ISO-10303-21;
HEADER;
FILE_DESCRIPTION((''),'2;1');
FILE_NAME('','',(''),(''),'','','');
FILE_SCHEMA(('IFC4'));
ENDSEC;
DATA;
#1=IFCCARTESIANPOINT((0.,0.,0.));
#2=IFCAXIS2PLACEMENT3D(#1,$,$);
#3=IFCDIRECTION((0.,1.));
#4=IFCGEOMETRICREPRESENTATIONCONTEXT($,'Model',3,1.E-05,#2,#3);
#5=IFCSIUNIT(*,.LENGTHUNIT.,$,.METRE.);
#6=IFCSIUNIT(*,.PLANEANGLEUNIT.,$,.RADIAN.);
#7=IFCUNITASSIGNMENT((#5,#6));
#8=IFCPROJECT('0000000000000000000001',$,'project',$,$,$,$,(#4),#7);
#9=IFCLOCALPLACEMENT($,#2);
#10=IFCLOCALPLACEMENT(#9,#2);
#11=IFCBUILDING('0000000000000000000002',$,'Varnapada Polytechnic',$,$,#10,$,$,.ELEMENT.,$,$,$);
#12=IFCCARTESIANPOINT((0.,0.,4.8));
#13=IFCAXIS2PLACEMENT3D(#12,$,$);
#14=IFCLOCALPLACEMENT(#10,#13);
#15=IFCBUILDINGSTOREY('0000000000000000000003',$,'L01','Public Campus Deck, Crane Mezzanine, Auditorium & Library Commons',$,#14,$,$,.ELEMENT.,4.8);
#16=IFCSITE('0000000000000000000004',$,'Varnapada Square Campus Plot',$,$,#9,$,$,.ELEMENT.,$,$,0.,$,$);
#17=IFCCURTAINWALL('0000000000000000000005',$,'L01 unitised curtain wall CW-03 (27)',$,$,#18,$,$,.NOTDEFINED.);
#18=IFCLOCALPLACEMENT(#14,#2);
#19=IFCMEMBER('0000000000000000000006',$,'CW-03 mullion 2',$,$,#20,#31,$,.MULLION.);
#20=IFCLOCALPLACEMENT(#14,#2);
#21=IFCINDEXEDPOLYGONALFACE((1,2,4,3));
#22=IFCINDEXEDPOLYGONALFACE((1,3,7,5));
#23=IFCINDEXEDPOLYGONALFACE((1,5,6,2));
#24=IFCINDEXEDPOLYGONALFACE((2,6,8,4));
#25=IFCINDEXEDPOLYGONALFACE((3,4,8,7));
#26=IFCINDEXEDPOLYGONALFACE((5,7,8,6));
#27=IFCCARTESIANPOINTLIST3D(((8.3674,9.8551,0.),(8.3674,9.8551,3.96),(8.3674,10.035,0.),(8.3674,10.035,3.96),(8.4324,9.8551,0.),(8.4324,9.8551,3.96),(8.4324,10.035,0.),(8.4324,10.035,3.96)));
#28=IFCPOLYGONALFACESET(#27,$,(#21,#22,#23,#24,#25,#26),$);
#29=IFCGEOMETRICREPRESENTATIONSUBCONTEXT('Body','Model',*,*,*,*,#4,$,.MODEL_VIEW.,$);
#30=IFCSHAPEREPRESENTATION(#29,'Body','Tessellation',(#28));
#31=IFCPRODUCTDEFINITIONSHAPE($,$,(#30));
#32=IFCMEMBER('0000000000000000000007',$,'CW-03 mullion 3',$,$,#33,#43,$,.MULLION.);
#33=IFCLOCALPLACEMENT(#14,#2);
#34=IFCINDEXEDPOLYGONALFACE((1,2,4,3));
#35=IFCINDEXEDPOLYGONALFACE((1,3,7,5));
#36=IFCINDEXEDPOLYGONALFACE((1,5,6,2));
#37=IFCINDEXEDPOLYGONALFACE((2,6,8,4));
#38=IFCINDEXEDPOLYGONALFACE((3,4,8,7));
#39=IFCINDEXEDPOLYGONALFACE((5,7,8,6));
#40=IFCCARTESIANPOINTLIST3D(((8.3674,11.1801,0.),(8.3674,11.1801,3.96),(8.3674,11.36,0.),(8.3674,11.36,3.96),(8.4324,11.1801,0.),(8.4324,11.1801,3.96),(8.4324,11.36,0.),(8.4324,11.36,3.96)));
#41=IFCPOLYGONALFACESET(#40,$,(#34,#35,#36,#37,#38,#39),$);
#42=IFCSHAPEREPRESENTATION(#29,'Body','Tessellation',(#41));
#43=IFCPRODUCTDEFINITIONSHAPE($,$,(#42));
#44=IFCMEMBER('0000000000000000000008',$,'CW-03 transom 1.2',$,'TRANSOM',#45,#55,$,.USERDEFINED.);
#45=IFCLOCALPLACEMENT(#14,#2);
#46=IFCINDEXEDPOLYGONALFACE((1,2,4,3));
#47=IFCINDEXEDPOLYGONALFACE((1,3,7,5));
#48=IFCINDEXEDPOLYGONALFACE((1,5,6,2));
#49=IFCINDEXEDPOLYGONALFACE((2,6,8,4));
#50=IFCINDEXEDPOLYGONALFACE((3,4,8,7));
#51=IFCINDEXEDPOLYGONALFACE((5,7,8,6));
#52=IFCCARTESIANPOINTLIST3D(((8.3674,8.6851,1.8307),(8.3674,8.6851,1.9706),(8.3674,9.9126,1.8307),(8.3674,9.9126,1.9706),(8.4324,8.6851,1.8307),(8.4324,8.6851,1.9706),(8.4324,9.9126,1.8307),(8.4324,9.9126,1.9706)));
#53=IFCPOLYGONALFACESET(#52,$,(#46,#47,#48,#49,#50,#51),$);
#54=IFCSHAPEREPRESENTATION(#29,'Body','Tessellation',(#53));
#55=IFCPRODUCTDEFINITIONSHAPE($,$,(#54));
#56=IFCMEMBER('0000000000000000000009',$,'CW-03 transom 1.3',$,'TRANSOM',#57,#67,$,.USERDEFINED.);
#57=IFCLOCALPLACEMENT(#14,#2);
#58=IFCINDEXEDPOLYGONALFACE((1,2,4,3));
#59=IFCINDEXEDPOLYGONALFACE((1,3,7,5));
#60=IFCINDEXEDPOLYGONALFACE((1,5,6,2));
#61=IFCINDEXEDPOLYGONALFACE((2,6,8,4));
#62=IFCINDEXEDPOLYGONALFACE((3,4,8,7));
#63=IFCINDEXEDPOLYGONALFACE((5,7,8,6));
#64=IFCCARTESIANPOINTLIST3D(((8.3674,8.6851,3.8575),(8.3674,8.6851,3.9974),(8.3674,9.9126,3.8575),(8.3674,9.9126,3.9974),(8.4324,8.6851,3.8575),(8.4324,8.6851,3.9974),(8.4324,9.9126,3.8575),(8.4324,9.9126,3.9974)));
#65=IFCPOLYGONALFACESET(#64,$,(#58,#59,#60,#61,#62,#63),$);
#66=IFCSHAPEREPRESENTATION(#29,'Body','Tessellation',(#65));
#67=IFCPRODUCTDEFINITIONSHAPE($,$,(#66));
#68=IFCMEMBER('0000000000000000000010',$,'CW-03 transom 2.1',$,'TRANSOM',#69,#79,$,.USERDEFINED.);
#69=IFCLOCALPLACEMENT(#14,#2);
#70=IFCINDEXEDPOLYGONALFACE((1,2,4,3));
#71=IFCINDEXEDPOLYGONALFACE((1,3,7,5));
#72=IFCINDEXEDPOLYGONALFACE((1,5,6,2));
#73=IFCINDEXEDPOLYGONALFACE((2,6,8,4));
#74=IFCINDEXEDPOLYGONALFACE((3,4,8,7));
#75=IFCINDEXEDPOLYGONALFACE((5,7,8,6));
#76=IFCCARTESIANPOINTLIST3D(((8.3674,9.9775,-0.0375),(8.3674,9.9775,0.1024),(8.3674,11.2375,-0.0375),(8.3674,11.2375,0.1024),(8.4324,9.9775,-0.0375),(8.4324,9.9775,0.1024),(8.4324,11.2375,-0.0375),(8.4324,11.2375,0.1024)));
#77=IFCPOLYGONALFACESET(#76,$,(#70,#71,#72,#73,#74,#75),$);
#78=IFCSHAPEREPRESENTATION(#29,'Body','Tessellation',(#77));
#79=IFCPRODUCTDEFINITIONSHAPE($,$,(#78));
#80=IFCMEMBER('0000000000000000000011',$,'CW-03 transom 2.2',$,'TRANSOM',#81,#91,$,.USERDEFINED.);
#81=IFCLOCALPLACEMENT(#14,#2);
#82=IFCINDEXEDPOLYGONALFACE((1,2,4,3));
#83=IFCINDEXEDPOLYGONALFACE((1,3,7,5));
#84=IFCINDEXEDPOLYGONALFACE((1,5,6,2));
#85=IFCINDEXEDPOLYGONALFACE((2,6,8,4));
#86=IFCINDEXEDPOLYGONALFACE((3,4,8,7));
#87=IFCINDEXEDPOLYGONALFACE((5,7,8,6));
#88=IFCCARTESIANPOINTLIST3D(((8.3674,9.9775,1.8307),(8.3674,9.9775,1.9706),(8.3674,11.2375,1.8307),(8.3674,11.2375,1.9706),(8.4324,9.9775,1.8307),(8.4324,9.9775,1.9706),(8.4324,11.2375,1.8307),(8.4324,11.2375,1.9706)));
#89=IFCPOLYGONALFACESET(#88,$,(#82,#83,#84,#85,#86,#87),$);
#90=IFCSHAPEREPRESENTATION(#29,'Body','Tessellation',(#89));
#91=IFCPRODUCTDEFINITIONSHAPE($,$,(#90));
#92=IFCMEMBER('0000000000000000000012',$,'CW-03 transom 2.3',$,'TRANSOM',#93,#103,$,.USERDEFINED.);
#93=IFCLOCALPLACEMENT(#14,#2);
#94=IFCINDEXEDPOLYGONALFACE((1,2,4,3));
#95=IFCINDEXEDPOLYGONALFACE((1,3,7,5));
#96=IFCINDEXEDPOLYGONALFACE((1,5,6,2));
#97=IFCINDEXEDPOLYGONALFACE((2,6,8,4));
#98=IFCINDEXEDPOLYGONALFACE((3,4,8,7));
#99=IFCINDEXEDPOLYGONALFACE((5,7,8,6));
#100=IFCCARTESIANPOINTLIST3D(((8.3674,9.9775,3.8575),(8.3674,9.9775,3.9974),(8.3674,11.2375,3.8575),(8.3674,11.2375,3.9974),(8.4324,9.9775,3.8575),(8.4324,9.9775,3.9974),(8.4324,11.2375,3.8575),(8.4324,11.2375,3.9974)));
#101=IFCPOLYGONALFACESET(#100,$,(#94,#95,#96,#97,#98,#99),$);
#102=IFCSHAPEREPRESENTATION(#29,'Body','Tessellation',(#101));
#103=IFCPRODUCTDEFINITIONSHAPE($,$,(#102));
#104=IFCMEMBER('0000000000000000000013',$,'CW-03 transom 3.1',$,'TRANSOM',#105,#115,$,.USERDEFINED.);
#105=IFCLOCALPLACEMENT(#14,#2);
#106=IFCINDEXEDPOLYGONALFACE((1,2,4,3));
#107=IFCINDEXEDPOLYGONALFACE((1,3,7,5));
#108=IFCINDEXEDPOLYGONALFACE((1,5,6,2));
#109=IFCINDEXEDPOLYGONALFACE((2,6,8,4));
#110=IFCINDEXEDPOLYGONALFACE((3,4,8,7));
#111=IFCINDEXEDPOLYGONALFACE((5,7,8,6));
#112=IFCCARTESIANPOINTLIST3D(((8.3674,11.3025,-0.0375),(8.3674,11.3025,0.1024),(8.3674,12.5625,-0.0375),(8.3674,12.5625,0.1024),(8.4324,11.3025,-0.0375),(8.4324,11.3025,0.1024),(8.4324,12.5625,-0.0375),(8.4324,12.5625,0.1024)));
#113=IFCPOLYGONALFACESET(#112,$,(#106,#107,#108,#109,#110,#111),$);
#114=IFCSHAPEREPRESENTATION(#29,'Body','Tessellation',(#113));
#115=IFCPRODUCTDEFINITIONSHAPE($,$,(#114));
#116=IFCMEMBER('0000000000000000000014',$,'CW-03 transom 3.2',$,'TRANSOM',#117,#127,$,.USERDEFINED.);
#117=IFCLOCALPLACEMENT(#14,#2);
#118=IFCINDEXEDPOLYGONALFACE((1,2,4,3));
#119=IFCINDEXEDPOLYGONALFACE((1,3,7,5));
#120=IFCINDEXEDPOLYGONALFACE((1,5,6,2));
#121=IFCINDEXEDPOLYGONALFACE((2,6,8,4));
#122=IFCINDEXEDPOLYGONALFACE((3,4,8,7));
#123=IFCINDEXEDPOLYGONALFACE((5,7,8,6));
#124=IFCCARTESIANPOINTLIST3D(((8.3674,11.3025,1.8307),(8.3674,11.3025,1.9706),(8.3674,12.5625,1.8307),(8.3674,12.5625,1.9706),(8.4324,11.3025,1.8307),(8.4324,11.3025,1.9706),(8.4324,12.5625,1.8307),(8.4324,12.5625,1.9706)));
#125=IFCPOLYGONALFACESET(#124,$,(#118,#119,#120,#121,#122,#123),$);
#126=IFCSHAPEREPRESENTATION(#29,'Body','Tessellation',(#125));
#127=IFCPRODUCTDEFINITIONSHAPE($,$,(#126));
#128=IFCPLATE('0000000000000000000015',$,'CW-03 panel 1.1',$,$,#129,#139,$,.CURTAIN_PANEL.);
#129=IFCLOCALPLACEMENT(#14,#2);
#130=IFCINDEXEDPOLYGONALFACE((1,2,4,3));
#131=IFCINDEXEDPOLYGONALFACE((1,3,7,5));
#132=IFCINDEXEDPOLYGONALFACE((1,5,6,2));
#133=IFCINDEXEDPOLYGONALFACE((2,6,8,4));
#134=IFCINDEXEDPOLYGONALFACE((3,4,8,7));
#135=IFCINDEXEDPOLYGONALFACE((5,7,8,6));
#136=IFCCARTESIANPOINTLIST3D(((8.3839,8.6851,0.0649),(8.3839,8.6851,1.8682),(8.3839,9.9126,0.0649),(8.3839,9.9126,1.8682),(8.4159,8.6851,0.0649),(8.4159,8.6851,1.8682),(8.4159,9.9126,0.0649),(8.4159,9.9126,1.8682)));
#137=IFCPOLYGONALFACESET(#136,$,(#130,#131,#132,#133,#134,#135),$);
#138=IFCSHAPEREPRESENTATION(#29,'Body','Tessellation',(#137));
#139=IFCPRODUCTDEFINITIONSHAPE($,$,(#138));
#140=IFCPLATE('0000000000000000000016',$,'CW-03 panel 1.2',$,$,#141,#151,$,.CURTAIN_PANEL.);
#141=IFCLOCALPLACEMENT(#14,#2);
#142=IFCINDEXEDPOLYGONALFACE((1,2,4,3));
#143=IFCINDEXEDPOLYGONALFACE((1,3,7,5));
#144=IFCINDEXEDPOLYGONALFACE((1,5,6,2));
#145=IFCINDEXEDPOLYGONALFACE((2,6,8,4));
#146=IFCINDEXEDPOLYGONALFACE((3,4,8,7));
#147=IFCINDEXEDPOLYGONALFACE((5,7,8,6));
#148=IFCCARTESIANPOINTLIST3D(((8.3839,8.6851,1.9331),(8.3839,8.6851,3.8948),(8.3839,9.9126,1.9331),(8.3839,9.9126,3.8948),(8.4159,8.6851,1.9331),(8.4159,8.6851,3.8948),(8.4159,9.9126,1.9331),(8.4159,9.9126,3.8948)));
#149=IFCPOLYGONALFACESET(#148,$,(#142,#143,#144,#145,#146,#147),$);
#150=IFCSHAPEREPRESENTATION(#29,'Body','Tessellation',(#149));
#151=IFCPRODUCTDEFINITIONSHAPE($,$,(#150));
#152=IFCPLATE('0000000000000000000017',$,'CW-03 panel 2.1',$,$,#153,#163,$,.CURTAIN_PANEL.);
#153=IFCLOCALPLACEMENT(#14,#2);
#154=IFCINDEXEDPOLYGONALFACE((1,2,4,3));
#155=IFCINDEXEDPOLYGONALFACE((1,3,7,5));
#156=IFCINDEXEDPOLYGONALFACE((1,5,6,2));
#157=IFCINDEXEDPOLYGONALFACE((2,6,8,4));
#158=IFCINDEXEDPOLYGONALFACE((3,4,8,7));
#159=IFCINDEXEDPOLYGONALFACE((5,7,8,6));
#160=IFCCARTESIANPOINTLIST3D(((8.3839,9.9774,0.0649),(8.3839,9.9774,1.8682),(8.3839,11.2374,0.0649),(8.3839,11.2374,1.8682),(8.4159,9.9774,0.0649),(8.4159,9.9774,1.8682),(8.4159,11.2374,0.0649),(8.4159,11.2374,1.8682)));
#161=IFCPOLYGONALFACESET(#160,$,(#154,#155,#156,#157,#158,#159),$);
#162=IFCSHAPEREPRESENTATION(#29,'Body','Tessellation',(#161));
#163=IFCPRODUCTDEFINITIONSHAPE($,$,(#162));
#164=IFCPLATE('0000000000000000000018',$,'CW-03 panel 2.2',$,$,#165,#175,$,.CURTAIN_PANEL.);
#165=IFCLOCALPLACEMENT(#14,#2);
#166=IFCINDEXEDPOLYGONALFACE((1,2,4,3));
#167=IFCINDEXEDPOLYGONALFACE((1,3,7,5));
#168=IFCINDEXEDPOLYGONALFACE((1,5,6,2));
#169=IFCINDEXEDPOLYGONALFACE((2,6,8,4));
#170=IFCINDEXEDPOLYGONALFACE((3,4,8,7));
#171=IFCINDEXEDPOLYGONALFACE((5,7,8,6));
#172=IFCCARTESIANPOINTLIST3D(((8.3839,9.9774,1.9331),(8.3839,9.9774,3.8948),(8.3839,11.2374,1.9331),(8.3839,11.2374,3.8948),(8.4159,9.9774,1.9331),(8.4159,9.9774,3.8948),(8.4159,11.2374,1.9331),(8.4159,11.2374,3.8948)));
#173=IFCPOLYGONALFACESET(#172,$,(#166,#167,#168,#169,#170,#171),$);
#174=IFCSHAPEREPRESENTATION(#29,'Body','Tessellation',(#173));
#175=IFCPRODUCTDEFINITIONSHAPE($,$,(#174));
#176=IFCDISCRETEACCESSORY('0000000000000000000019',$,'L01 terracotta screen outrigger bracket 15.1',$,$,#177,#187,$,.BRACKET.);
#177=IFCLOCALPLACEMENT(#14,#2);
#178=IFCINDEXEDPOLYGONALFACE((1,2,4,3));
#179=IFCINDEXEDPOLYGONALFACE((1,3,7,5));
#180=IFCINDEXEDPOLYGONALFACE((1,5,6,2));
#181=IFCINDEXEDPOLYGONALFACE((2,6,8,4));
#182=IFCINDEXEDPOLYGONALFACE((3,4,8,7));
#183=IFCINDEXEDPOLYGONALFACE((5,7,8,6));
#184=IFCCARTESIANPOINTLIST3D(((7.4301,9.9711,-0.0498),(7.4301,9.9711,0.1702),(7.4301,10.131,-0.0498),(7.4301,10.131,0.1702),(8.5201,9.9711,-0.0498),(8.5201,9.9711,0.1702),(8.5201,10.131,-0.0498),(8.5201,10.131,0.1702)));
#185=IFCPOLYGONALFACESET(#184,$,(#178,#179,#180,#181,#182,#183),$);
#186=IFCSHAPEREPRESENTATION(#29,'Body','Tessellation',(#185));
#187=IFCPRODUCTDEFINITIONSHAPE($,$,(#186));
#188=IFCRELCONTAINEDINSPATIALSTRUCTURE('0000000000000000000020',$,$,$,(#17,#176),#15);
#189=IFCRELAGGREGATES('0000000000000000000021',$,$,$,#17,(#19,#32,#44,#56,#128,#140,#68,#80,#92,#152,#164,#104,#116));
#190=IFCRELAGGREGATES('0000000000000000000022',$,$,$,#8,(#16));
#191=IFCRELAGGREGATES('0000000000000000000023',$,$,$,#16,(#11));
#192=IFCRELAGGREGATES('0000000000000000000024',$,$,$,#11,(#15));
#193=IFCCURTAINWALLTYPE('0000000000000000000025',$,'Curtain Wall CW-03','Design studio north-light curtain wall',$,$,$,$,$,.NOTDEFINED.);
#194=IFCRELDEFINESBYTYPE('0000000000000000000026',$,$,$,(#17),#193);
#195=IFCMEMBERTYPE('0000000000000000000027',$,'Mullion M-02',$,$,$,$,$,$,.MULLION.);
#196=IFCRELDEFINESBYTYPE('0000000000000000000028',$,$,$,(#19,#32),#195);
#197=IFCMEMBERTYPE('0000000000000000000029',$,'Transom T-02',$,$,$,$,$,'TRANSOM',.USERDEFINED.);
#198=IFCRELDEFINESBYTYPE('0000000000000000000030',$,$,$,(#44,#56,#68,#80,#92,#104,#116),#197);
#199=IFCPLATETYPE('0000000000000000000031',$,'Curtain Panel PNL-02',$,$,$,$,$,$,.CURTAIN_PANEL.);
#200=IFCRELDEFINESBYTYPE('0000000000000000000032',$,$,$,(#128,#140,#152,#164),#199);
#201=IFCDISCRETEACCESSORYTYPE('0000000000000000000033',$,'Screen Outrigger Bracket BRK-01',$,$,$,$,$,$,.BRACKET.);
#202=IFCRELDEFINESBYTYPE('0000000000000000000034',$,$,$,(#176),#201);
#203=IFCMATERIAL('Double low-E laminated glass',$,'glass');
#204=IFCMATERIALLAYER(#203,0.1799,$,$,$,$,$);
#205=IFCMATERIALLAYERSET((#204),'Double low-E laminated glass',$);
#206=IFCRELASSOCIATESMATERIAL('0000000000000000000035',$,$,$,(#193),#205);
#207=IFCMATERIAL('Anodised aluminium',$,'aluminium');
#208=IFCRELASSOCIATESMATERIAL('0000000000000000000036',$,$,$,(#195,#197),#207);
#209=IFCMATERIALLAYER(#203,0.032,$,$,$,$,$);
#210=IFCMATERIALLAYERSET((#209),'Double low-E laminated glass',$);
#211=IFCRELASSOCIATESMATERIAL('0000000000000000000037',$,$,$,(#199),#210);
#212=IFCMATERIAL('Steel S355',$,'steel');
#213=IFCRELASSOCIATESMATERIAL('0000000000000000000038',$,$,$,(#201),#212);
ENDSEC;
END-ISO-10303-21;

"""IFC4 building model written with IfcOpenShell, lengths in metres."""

from ifc_helpers import new_model, si_unit, direction, frame, origin, origin_2d, place, context, subcontext, project, spatial, rectangle, extrude, material, layer, layer_set, material_profile, profile_set, type_object, element, aggregate, save


model = new_model("IFC4")

# Units and contexts
model_context = context("Model", 3, precision=1e-05, world=origin(), true_north=direction((0.0, 1.0)))
body_context = subcontext(model_context, "Body", "Model", "MODEL_VIEW")
ifc_project = project(units=[si_unit("LENGTHUNIT", "METRE"), si_unit("PLANEANGLEUNIT", "RADIAN")], contexts=[model_context])

# Site, building, storey
site_placement = place(None, origin())
site = spatial("IfcSite", under=ifc_project, at=site_placement, Name="Varnapada Square Campus Plot", CompositionType="ELEMENT", RefElevation=0.0)
building_placement = place(site_placement, origin())
building = spatial("IfcBuilding", under=site, at=building_placement, Name="Varnapada Polytechnic", CompositionType="ELEMENT")
storey_placement = place(building_placement, frame((0.0, 0.0, 4.8)))
storey = spatial("IfcBuildingStorey", under=building, at=storey_placement, Name="L01", Description="Public Campus Deck, Crane Mezzanine, Auditorium & Library Commons", CompositionType="ELEMENT", Elevation=4.8)

# Curtain wall, members, plates
ifc_material_1 = material(Name="Double low-E laminated glass", Category="glass")
ifc_layer_1 = layer(ifc_material_1, 0.1799)
ifc_layer_set_1 = layer_set([ifc_layer_1], Name="Double low-E laminated glass")
curtain_wall_type = type_object("IfcCurtainWallType", Name="Curtain Wall CW-03", Description="Design studio north-light curtain wall", PredefinedType="NOTDEFINED", material=ifc_layer_set_1)
curtain_wall_placement = place(storey_placement, origin())
curtain_wall = element("IfcCurtainWall", 1, at=curtain_wall_placement, inside=storey, type_object=curtain_wall_type, Name="L01 unitised curtain wall CW-03 (27)", PredefinedType="NOTDEFINED")
ifc_material_2 = material(Name="Anodised aluminium", Category="aluminium")
ifc_material_profile_1 = material_profile(ifc_material_2, rectangle(XDim=0.0649, YDim=0.1799, at=origin_2d()), Name="ALU M65x180")
ifc_profile_set_1 = profile_set([ifc_material_profile_1], Name="Anodised aluminium")
member_type_1 = type_object("IfcMemberType", Name="Mullion M-02", PredefinedType="MULLION", material=ifc_profile_set_1)
member_1_placement = place(storey_placement, frame((8.3999, 9.9451, 0.0), z_axis=(0.0, 0.0, 1.0), x_axis=(-1.0, 0.0, 0.0)))
member_1 = element("IfcMember", 2, at=member_1_placement, type_object=member_type_1, Name="CW-03 mullion 2", PredefinedType="MULLION", context=body_context, shape_type="SweptSolid", body=[
    extrude(rectangle(XDim=0.0649, YDim=0.1799, at=origin_2d()), origin(), (0.0, 0.0, 1.0), 3.96),
])
member_2_placement = place(storey_placement, frame((8.3999, 11.27, 0.0), z_axis=(0.0, 0.0, 1.0), x_axis=(-1.0, 0.0, 0.0)))
member_2 = element("IfcMember", 3, at=member_2_placement, type_object=member_type_1, Name="CW-03 mullion 3", PredefinedType="MULLION", context=body_context, shape_type="SweptSolid", body=[
    extrude(rectangle(XDim=0.0649, YDim=0.1799, at=origin_2d()), origin(), (0.0, 0.0, 1.0), 3.96),
])
ifc_material_profile_2 = material_profile(ifc_material_2, rectangle(XDim=0.0649, YDim=0.1399, at=origin_2d()), Name="ALU T65x140")
ifc_profile_set_2 = profile_set([ifc_material_profile_2], Name="Anodised aluminium")
member_type_2 = type_object("IfcMemberType", Name="Transom T-02", ElementType="TRANSOM", PredefinedType="USERDEFINED", material=ifc_profile_set_2)
member_3_placement = place(storey_placement, frame((8.3999, 8.6851, 1.9006), z_axis=(0.0, 1.0, 0.0), x_axis=(-1.0, 0.0, 0.0)))
member_3 = element("IfcMember", 4, at=member_3_placement, type_object=member_type_2, Name="CW-03 transom 1.2", ObjectType="TRANSOM", PredefinedType="USERDEFINED", context=body_context, shape_type="SweptSolid", body=[
    extrude(rectangle(XDim=0.0649, YDim=0.1399, at=origin_2d()), origin(), (0.0, 0.0, 1.0), 1.2275),
])
member_4_placement = place(storey_placement, frame((8.3999, 8.6851, 3.9275), z_axis=(0.0, 1.0, 0.0), x_axis=(-1.0, 0.0, 0.0)))
member_4 = element("IfcMember", 5, at=member_4_placement, type_object=member_type_2, Name="CW-03 transom 1.3", ObjectType="TRANSOM", PredefinedType="USERDEFINED", context=body_context, shape_type="SweptSolid", body=[
    extrude(rectangle(XDim=0.0649, YDim=0.1399, at=origin_2d()), origin(), (0.0, 0.0, 1.0), 1.2275),
])
member_5_placement = place(storey_placement, frame((8.3999, 9.9775, 0.0325), z_axis=(0.0, 1.0, 0.0), x_axis=(-1.0, 0.0, 0.0)))
member_5 = element("IfcMember", 6, at=member_5_placement, type_object=member_type_2, Name="CW-03 transom 2.1", ObjectType="TRANSOM", PredefinedType="USERDEFINED", context=body_context, shape_type="SweptSolid", body=[
    extrude(rectangle(XDim=0.0649, YDim=0.1399, at=origin_2d()), origin(), (0.0, 0.0, 1.0), 1.26),
])
member_6_placement = place(storey_placement, frame((8.3999, 9.9775, 1.9006), z_axis=(0.0, 1.0, 0.0), x_axis=(-1.0, 0.0, 0.0)))
member_6 = element("IfcMember", 7, at=member_6_placement, type_object=member_type_2, Name="CW-03 transom 2.2", ObjectType="TRANSOM", PredefinedType="USERDEFINED", context=body_context, shape_type="SweptSolid", body=[
    extrude(rectangle(XDim=0.0649, YDim=0.1399, at=origin_2d()), origin(), (0.0, 0.0, 1.0), 1.26),
])
member_7_placement = place(storey_placement, frame((8.3999, 9.9775, 3.9275), z_axis=(0.0, 1.0, 0.0), x_axis=(-1.0, 0.0, 0.0)))
member_7 = element("IfcMember", 8, at=member_7_placement, type_object=member_type_2, Name="CW-03 transom 2.3", ObjectType="TRANSOM", PredefinedType="USERDEFINED", context=body_context, shape_type="SweptSolid", body=[
    extrude(rectangle(XDim=0.0649, YDim=0.1399, at=origin_2d()), origin(), (0.0, 0.0, 1.0), 1.26),
])
member_8_placement = place(storey_placement, frame((8.3999, 11.3025, 0.0325), z_axis=(0.0, 1.0, 0.0), x_axis=(-1.0, 0.0, 0.0)))
member_8 = element("IfcMember", 9, at=member_8_placement, type_object=member_type_2, Name="CW-03 transom 3.1", ObjectType="TRANSOM", PredefinedType="USERDEFINED", context=body_context, shape_type="SweptSolid", body=[
    extrude(rectangle(XDim=0.0649, YDim=0.1399, at=origin_2d()), origin(), (0.0, 0.0, 1.0), 1.26),
])
member_9_placement = place(storey_placement, frame((8.3999, 11.3025, 1.9006), z_axis=(0.0, 1.0, 0.0), x_axis=(-1.0, 0.0, 0.0)))
member_9 = element("IfcMember", 10, at=member_9_placement, type_object=member_type_2, Name="CW-03 transom 3.2", ObjectType="TRANSOM", PredefinedType="USERDEFINED", context=body_context, shape_type="SweptSolid", body=[
    extrude(rectangle(XDim=0.0649, YDim=0.1399, at=origin_2d()), origin(), (0.0, 0.0, 1.0), 1.26),
])
ifc_layer_2 = layer(ifc_material_1, 0.032)
ifc_layer_set_2 = layer_set([ifc_layer_2], Name="Double low-E laminated glass")
plate_type = type_object("IfcPlateType", Name="Curtain Panel PNL-02", PredefinedType="CURTAIN_PANEL", material=ifc_layer_set_2)
plate_1_placement = place(storey_placement, frame((8.3999, 9.2988, 0.0649), z_axis=(0.0, 0.0, 1.0), x_axis=(0.0, 1.0, 0.0)))
plate_1 = element("IfcPlate", 11, at=plate_1_placement, type_object=plate_type, Name="CW-03 panel 1.1", PredefinedType="CURTAIN_PANEL", context=body_context, shape_type="SweptSolid", body=[
    extrude(rectangle(XDim=1.2275, YDim=0.032, at=origin_2d()), origin(), (0.0, 0.0, 1.0), 1.8032),
])
plate_2_placement = place(storey_placement, frame((8.3999, 9.2988, 1.9331), z_axis=(0.0, 0.0, 1.0), x_axis=(0.0, 1.0, 0.0)))
plate_2 = element("IfcPlate", 12, at=plate_2_placement, type_object=plate_type, Name="CW-03 panel 1.2", PredefinedType="CURTAIN_PANEL", context=body_context, shape_type="SweptSolid", body=[
    extrude(rectangle(XDim=1.2275, YDim=0.032, at=origin_2d()), origin(), (0.0, 0.0, 1.0), 1.9617),
])
plate_3_placement = place(storey_placement, frame((8.3999, 10.6074, 0.0649), z_axis=(0.0, 0.0, 1.0), x_axis=(0.0, 1.0, 0.0)))
plate_3 = element("IfcPlate", 13, at=plate_3_placement, type_object=plate_type, Name="CW-03 panel 2.1", PredefinedType="CURTAIN_PANEL", context=body_context, shape_type="SweptSolid", body=[
    extrude(rectangle(XDim=1.26, YDim=0.032, at=origin_2d()), origin(), (0.0, 0.0, 1.0), 1.8032),
])
plate_4_placement = place(storey_placement, frame((8.3999, 10.6074, 1.9331), z_axis=(0.0, 0.0, 1.0), x_axis=(0.0, 1.0, 0.0)))
plate_4 = element("IfcPlate", 14, at=plate_4_placement, type_object=plate_type, Name="CW-03 panel 2.2", PredefinedType="CURTAIN_PANEL", context=body_context, shape_type="SweptSolid", body=[
    extrude(rectangle(XDim=1.26, YDim=0.032, at=origin_2d()), origin(), (0.0, 0.0, 1.0), 1.9617),
])
aggregate(curtain_wall, [member_1, member_2, member_3, member_4, plate_1, plate_2, member_5, member_6, member_7, plate_3, plate_4, member_8, member_9])

# Discrete accessory
ifc_material_3 = material(Name="Steel S355", Category="steel")
discrete_accessory_type = type_object("IfcDiscreteAccessoryType", Name="Screen Outrigger Bracket BRK-01", PredefinedType="BRACKET", material=ifc_material_3)
discrete_accessory_placement = place(storey_placement, frame((7.9751, 10.051, -0.0498), z_axis=(0.0, 0.0, 1.0), x_axis=(0.0, 1.0, 0.0)))
element("IfcDiscreteAccessory", 15, at=discrete_accessory_placement, inside=storey, type_object=discrete_accessory_type, Name="L01 terracotta screen outrigger bracket 15.1", PredefinedType="BRACKET", context=body_context, shape_type="SweptSolid", body=[
    extrude(rectangle(XDim=0.1599, YDim=1.0901, at=origin_2d()), origin(), (0.0, 0.0, 1.0), 0.22),
])

save(model, "model.ifc")
